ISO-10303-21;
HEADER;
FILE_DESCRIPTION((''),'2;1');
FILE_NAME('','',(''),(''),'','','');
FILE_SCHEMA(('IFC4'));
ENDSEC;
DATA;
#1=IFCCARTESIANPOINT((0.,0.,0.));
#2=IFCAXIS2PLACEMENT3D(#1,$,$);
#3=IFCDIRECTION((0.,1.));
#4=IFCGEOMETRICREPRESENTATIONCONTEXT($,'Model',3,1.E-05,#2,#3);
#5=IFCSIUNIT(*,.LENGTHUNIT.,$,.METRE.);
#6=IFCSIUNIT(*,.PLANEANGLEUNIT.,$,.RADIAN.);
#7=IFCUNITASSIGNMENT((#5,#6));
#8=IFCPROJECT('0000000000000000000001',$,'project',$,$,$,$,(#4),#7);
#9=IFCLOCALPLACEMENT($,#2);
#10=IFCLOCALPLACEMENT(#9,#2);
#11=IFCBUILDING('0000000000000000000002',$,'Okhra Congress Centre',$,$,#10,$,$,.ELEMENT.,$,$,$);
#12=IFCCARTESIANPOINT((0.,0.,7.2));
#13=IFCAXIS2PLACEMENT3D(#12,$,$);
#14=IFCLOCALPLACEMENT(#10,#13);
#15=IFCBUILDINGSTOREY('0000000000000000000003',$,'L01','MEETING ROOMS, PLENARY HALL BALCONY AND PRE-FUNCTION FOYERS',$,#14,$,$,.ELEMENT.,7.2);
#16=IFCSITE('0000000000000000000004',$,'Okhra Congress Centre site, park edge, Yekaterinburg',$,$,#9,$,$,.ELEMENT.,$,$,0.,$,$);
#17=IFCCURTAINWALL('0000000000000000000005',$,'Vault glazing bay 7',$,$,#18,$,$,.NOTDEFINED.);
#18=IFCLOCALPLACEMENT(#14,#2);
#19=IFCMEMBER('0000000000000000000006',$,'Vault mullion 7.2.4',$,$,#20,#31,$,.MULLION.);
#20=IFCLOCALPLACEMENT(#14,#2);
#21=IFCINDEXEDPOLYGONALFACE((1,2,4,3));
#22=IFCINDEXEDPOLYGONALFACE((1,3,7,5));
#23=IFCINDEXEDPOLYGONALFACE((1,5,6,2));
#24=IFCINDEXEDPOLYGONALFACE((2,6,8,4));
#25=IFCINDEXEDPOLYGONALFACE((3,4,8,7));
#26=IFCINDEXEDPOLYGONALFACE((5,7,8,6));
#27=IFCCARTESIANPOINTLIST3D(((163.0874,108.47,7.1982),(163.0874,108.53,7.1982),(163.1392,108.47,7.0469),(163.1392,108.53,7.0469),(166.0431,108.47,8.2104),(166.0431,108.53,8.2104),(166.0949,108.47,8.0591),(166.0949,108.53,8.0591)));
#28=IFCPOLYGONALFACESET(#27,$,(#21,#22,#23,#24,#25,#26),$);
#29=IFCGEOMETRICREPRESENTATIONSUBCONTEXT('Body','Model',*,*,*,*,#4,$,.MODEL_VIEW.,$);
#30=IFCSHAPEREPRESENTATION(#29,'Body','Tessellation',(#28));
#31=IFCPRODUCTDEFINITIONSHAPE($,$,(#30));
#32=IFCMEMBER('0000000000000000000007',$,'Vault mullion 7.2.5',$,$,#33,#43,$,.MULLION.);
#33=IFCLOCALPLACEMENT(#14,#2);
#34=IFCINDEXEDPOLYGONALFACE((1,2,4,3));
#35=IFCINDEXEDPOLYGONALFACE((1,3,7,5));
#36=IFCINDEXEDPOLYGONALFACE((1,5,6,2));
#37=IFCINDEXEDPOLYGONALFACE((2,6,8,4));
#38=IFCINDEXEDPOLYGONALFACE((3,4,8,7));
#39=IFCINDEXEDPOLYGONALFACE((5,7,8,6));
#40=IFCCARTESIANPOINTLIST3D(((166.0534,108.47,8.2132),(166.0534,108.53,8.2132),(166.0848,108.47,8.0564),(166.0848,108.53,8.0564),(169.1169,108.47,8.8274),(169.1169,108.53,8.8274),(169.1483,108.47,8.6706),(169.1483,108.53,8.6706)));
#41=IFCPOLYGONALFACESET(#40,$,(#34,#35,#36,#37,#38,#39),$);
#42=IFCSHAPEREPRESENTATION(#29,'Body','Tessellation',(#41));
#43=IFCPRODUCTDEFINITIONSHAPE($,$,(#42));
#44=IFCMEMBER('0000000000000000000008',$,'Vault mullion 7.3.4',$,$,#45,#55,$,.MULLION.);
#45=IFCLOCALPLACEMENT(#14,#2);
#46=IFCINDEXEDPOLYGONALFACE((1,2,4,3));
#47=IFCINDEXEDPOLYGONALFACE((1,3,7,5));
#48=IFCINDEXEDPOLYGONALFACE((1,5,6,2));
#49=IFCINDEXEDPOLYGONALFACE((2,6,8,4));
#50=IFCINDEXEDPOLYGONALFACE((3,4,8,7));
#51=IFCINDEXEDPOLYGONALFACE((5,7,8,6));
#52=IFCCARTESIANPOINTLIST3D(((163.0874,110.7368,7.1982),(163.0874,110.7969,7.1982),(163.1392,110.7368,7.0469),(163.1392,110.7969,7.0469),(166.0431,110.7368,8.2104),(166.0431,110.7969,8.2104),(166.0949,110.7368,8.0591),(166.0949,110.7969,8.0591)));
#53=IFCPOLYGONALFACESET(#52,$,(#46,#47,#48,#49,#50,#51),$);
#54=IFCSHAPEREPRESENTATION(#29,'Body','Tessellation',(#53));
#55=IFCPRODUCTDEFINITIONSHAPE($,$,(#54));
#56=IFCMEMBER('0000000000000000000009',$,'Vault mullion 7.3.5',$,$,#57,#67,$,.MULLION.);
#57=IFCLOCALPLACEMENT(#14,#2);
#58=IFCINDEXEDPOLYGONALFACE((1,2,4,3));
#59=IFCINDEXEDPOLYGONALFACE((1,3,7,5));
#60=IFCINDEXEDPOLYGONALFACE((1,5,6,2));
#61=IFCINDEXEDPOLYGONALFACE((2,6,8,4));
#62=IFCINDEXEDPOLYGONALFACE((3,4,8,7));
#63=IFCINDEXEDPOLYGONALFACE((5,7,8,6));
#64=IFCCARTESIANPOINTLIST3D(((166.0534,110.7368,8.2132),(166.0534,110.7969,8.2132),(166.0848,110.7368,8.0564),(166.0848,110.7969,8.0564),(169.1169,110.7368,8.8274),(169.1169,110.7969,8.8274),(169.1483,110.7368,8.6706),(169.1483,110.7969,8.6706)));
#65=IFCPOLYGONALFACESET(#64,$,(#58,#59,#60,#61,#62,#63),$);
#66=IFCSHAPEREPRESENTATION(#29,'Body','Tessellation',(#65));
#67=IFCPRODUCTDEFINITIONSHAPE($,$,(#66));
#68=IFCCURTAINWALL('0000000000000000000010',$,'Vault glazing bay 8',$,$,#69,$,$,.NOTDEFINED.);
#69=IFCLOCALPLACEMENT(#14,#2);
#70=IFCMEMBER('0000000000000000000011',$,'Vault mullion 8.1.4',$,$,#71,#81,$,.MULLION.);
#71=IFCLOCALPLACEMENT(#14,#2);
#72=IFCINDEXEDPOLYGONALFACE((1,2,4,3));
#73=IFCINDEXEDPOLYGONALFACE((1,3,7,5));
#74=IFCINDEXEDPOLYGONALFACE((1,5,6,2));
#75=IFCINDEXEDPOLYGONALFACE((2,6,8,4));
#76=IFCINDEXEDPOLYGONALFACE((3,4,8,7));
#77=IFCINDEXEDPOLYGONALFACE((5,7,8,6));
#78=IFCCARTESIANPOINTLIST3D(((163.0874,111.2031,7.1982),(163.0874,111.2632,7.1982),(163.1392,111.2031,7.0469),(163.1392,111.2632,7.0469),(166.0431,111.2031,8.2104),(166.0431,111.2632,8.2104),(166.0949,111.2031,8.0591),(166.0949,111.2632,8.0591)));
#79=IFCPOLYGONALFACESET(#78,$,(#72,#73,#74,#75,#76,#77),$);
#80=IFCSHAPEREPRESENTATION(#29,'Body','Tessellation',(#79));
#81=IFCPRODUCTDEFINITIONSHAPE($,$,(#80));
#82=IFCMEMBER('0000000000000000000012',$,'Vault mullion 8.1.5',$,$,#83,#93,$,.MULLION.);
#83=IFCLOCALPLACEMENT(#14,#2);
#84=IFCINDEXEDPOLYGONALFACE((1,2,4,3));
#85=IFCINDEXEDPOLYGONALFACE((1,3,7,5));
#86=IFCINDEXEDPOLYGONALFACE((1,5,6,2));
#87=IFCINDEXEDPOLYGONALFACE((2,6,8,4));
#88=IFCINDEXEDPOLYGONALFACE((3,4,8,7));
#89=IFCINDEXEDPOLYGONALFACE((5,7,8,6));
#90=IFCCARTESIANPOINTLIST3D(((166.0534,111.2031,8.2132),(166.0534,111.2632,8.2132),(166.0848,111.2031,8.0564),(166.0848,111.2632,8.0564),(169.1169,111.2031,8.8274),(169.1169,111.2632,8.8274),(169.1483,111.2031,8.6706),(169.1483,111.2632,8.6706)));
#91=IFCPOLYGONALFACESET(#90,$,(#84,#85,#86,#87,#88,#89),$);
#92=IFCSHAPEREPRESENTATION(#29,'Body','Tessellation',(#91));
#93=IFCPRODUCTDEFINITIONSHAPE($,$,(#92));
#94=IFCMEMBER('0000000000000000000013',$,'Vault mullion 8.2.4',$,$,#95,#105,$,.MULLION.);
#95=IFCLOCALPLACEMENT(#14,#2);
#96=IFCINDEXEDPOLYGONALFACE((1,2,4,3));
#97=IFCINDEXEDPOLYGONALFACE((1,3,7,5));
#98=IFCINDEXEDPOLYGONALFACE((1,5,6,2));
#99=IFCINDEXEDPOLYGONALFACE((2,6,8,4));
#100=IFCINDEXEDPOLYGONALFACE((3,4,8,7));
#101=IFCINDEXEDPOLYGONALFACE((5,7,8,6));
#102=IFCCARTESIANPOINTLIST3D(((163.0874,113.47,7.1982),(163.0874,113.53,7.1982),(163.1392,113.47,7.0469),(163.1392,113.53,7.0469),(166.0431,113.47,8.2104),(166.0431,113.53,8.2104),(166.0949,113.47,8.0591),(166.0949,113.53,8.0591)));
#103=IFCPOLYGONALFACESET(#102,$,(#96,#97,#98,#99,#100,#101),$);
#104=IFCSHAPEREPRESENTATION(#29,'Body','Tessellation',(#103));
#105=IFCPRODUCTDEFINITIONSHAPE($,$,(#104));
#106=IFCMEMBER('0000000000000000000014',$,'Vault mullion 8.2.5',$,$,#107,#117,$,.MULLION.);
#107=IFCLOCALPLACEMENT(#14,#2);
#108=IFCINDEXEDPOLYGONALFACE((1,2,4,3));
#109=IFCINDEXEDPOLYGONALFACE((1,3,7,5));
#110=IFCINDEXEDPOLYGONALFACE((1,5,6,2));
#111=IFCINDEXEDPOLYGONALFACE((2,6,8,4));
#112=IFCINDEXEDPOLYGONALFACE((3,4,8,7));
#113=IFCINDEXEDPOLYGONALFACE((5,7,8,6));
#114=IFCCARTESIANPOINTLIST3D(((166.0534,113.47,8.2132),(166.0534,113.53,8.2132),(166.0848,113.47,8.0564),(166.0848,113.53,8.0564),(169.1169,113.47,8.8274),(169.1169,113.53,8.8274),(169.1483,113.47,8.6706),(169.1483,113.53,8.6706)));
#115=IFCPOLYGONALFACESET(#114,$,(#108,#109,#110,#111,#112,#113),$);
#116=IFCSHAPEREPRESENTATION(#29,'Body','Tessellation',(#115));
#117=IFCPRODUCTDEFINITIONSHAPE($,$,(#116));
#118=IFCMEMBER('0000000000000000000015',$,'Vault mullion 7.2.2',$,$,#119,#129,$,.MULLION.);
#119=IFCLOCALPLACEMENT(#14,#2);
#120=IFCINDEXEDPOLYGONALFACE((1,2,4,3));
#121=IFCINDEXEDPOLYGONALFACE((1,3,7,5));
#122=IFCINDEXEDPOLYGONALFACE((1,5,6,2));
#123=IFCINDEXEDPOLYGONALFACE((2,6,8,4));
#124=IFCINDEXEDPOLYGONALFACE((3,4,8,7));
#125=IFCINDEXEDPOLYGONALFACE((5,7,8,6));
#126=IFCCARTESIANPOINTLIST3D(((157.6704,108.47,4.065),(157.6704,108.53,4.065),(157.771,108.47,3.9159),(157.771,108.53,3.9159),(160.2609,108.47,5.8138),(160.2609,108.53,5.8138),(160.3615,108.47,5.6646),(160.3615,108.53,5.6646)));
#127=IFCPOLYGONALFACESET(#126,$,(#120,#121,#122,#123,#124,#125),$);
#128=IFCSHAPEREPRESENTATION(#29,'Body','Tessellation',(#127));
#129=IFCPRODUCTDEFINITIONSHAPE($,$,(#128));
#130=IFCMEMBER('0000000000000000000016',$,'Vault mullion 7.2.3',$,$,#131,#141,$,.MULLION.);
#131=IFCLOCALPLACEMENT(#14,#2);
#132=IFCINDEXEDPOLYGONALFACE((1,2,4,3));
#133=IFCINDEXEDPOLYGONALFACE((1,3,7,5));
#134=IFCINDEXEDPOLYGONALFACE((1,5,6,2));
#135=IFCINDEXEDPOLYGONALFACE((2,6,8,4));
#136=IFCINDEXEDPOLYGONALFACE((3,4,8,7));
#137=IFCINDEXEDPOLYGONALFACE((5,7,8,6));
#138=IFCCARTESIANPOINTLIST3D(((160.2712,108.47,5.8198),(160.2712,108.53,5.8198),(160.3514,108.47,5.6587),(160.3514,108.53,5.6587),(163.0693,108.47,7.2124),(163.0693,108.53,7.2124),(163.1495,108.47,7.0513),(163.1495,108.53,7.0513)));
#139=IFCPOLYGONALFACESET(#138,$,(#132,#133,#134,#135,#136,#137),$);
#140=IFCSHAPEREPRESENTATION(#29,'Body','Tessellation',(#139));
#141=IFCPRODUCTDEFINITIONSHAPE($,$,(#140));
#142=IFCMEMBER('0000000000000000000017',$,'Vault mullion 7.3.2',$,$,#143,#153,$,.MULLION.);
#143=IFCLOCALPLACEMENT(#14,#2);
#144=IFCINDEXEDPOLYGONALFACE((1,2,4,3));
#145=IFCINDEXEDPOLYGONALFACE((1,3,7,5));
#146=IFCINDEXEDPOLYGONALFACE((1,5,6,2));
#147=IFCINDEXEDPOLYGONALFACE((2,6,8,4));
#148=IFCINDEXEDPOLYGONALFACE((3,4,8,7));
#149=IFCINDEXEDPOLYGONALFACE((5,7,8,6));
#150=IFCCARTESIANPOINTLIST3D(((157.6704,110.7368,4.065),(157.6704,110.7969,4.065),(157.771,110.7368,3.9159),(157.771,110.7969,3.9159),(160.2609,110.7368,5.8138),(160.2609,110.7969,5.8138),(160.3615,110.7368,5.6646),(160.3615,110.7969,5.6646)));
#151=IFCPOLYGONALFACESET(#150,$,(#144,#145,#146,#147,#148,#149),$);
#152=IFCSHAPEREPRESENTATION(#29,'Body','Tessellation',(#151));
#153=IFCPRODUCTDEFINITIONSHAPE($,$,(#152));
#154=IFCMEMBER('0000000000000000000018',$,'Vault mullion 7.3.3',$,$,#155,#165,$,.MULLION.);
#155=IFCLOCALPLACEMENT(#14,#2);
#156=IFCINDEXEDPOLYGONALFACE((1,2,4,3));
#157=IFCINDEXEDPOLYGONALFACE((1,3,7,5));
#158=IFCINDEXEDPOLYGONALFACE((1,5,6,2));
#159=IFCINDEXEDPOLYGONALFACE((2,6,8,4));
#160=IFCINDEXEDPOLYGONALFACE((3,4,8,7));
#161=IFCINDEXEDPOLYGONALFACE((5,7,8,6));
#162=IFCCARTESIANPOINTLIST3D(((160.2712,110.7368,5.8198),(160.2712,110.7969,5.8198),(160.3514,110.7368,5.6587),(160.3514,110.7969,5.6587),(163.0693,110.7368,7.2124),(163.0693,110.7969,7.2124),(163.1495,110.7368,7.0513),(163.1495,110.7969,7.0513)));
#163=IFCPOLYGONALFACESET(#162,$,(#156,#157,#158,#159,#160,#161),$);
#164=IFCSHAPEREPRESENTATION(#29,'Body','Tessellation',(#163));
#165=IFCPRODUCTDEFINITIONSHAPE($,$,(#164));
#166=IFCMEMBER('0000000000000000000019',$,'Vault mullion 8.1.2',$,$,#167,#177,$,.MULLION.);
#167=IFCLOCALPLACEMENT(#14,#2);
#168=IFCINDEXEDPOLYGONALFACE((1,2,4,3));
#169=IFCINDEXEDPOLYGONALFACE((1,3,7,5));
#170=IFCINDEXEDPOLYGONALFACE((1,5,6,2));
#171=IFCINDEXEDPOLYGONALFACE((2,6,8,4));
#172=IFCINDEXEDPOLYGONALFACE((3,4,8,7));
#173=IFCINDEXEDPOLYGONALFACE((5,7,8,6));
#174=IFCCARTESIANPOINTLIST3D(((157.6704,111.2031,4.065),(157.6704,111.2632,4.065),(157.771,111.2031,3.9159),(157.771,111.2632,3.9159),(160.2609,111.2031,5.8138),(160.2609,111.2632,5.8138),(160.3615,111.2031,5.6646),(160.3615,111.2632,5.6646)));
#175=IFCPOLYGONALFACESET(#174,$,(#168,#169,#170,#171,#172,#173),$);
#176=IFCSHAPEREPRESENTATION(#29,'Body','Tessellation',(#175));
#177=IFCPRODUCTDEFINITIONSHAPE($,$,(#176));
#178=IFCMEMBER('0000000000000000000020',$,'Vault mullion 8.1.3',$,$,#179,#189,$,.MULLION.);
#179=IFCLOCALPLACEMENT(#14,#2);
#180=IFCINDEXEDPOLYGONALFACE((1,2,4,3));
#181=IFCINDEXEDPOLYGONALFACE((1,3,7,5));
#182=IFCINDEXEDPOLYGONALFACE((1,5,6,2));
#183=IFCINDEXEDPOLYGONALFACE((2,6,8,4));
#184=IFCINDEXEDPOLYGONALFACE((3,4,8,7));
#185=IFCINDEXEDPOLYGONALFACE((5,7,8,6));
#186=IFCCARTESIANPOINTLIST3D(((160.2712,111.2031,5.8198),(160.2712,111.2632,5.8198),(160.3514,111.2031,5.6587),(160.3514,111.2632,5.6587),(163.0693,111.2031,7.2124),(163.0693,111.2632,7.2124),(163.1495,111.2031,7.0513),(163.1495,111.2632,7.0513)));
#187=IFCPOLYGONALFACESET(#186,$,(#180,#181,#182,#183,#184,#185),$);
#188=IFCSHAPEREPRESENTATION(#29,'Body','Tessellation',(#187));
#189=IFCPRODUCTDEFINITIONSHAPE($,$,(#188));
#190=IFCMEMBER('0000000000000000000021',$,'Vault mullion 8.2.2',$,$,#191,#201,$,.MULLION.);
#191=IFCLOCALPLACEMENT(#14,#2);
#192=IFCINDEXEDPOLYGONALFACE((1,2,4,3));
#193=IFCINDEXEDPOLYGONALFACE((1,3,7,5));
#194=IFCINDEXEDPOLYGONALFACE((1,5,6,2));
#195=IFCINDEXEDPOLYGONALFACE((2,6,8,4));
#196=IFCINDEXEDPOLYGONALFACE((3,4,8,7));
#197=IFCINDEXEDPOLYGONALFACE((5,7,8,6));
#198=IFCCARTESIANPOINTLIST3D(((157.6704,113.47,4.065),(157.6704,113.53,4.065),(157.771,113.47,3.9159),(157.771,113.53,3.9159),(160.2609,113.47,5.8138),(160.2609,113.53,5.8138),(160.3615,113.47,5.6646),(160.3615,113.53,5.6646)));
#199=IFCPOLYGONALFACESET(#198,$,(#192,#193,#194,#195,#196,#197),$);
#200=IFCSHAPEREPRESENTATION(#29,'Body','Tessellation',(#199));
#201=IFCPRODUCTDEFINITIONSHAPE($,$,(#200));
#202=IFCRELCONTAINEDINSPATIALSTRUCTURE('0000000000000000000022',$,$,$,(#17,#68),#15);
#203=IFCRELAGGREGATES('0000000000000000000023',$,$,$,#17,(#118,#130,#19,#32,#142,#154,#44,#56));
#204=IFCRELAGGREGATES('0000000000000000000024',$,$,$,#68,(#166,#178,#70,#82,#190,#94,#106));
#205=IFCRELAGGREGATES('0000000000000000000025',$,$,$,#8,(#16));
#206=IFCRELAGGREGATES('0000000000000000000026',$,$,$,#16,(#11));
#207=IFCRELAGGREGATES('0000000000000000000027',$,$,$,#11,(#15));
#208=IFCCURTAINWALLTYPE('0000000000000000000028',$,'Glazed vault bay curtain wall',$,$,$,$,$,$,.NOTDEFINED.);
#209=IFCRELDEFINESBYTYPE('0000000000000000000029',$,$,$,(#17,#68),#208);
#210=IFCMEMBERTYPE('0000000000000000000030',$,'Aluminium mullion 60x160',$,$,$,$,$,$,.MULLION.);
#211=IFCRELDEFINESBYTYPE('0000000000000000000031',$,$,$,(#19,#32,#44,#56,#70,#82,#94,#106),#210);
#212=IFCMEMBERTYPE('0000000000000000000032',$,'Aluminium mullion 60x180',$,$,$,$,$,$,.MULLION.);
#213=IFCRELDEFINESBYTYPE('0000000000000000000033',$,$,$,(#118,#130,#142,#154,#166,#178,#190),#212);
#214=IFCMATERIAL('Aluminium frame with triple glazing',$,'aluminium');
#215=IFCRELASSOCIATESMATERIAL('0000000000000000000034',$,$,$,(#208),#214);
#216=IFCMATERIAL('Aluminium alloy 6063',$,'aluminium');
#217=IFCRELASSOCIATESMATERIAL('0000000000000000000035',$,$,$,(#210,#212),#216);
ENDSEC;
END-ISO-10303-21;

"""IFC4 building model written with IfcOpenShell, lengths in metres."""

from ifc_helpers import new_model, si_unit, direction, frame, origin, origin_2d, place, context, subcontext, project, spatial, rectangle, extrude, material, material_profile, profile_set, type_object, element, aggregate, save


model = new_model("IFC4")

# Units and contexts
model_context = context("Model", 3, precision=1e-05, world=origin(), true_north=direction((0.0, 1.0)))
body_context = subcontext(model_context, "Body", "Model", "MODEL_VIEW")
ifc_project = project(units=[si_unit("LENGTHUNIT", "METRE"), si_unit("PLANEANGLEUNIT", "RADIAN")], contexts=[model_context])

# Site, building, storey
site_placement = place(None, origin())
site = spatial("IfcSite", under=ifc_project, at=site_placement, Name="Okhra Congress Centre site, park edge, Yekaterinburg", CompositionType="ELEMENT", RefElevation=0.0)
building_placement = place(site_placement, origin())
building = spatial("IfcBuilding", under=site, at=building_placement, Name="Okhra Congress Centre", CompositionType="ELEMENT")
storey_placement = place(building_placement, frame((0.0, 0.0, 7.2)))
storey = spatial("IfcBuildingStorey", under=building, at=storey_placement, Name="L01", Description="MEETING ROOMS, PLENARY HALL BALCONY AND PRE-FUNCTION FOYERS", CompositionType="ELEMENT", Elevation=7.2)

# Curtain walls, members
ifc_material_1 = material(Name="Aluminium frame with triple glazing", Category="aluminium")
curtain_wall_type = type_object("IfcCurtainWallType", Name="Glazed vault bay curtain wall", PredefinedType="NOTDEFINED", material=ifc_material_1)
curtain_wall_1_placement = place(storey_placement, origin())
curtain_wall_1 = element("IfcCurtainWall", 1, at=curtain_wall_1_placement, inside=storey, type_object=curtain_wall_type, Name="Vault glazing bay 7", PredefinedType="NOTDEFINED")
ifc_material_2 = material(Name="Aluminium alloy 6063", Category="aluminium")
ifc_material_profile_1 = material_profile(ifc_material_2, rectangle(XDim=0.0601, YDim=0.1599, at=origin_2d()), Name="AL 60x160")
ifc_profile_set_1 = profile_set([ifc_material_profile_1], Name="Aluminium alloy 6063")
member_type_1 = type_object("IfcMemberType", Name="Aluminium mullion 60x160", PredefinedType="MULLION", material=ifc_profile_set_1)
member_1_placement = place(storey_placement, frame((163.1133, 108.5, 7.1226), z_axis=(0.946065, 0.0, 0.323977), x_axis=(0.0, 1.0, 0.0)))
member_1 = element("IfcMember", 2, at=member_1_placement, type_object=member_type_1, Name="Vault mullion 7.2.4", PredefinedType="MULLION", context=body_context, shape_type="SweptSolid", body=[
    extrude(rectangle(XDim=0.0601, YDim=0.1599, at=origin_2d()), origin(), (0.0, 0.0, 1.0), 3.1243),
])
member_2_placement = place(storey_placement, frame((166.0691, 108.5, 8.1348), z_axis=(0.980484, 0.0, 0.196597), x_axis=(0.0, 1.0, 0.0)))
member_2 = element("IfcMember", 3, at=member_2_placement, type_object=member_type_1, Name="Vault mullion 7.2.5", PredefinedType="MULLION", context=body_context, shape_type="SweptSolid", body=[
    extrude(rectangle(XDim=0.0601, YDim=0.1599, at=origin_2d()), origin(), (0.0, 0.0, 1.0), 3.1245),
])
member_3_placement = place(storey_placement, frame((163.1133, 110.7668, 7.1226), z_axis=(0.946065, 0.0, 0.323977), x_axis=(0.0, 1.0, 0.0)))
member_3 = element("IfcMember", 4, at=member_3_placement, type_object=member_type_1, Name="Vault mullion 7.3.4", PredefinedType="MULLION", context=body_context, shape_type="SweptSolid", body=[
    extrude(rectangle(XDim=0.0601, YDim=0.1599, at=origin_2d()), origin(), (0.0, 0.0, 1.0), 3.1243),
])
member_4_placement = place(storey_placement, frame((166.0691, 110.7668, 8.1348), z_axis=(0.980484, 0.0, 0.196597), x_axis=(0.0, 1.0, 0.0)))
member_4 = element("IfcMember", 5, at=member_4_placement, type_object=member_type_1, Name="Vault mullion 7.3.5", PredefinedType="MULLION", context=body_context, shape_type="SweptSolid", body=[
    extrude(rectangle(XDim=0.0601, YDim=0.1599, at=origin_2d()), origin(), (0.0, 0.0, 1.0), 3.1245),
])
curtain_wall_2_placement = place(storey_placement, origin())
curtain_wall_2 = element("IfcCurtainWall", 6, at=curtain_wall_2_placement, inside=storey, type_object=curtain_wall_type, Name="Vault glazing bay 8", PredefinedType="NOTDEFINED")
member_5_placement = place(storey_placement, frame((163.1133, 111.2332, 7.1226), z_axis=(0.946065, 0.0, 0.323977), x_axis=(0.0, 1.0, 0.0)))
member_5 = element("IfcMember", 7, at=member_5_placement, type_object=member_type_1, Name="Vault mullion 8.1.4", PredefinedType="MULLION", context=body_context, shape_type="SweptSolid", body=[
    extrude(rectangle(XDim=0.0601, YDim=0.1599, at=origin_2d()), origin(), (0.0, 0.0, 1.0), 3.1243),
])
member_6_placement = place(storey_placement, frame((166.0691, 111.2332, 8.1348), z_axis=(0.980484, 0.0, 0.196597), x_axis=(0.0, 1.0, 0.0)))
member_6 = element("IfcMember", 8, at=member_6_placement, type_object=member_type_1, Name="Vault mullion 8.1.5", PredefinedType="MULLION", context=body_context, shape_type="SweptSolid", body=[
    extrude(rectangle(XDim=0.0601, YDim=0.1599, at=origin_2d()), origin(), (0.0, 0.0, 1.0), 3.1245),
])
member_7_placement = place(storey_placement, frame((163.1133, 113.5, 7.1226), z_axis=(0.946065, 0.0, 0.323977), x_axis=(0.0, 1.0, 0.0)))
member_7 = element("IfcMember", 9, at=member_7_placement, type_object=member_type_1, Name="Vault mullion 8.2.4", PredefinedType="MULLION", context=body_context, shape_type="SweptSolid", body=[
    extrude(rectangle(XDim=0.0601, YDim=0.1599, at=origin_2d()), origin(), (0.0, 0.0, 1.0), 3.1243),
])
member_8_placement = place(storey_placement, frame((166.0691, 113.5, 8.1348), z_axis=(0.980484, 0.0, 0.196597), x_axis=(0.0, 1.0, 0.0)))
member_8 = element("IfcMember", 10, at=member_8_placement, type_object=member_type_1, Name="Vault mullion 8.2.5", PredefinedType="MULLION", context=body_context, shape_type="SweptSolid", body=[
    extrude(rectangle(XDim=0.0601, YDim=0.1599, at=origin_2d()), origin(), (0.0, 0.0, 1.0), 3.1245),
])

# Members
ifc_material_profile_2 = material_profile(ifc_material_2, rectangle(XDim=0.0601, YDim=0.1799, at=origin_2d()), Name="AL 60x180")
ifc_profile_set_2 = profile_set([ifc_material_profile_2], Name="Aluminium alloy 6063")
member_type_2 = type_object("IfcMemberType", Name="Aluminium mullion 60x180", PredefinedType="MULLION", material=ifc_profile_set_2)
member_9_placement = place(storey_placement, frame((157.7207, 108.5, 3.9905), z_axis=(0.828828, 0.0, 0.559504), x_axis=(0.0, 1.0, 0.0)))
member_9 = element("IfcMember", 11, at=member_9_placement, type_object=member_type_2, Name="Vault mullion 7.2.2", PredefinedType="MULLION", context=body_context, shape_type="SweptSolid", body=[
    extrude(rectangle(XDim=0.0601, YDim=0.1799, at=origin_2d()), origin(), (0.0, 0.0, 1.0), 3.1255),
])
member_10_placement = place(storey_placement, frame((160.3113, 108.5, 5.7393), z_axis=(0.895254, 0.0, 0.445557), x_axis=(0.0, 1.0, 0.0)))
member_10 = element("IfcMember", 12, at=member_10_placement, type_object=member_type_2, Name="Vault mullion 7.2.3", PredefinedType="MULLION", context=body_context, shape_type="SweptSolid", body=[
    extrude(rectangle(XDim=0.0601, YDim=0.1799, at=origin_2d()), origin(), (0.0, 0.0, 1.0), 3.1255),
])
member_11_placement = place(storey_placement, frame((157.7207, 110.7668, 3.9905), z_axis=(0.828828, 0.0, 0.559504), x_axis=(0.0, 1.0, 0.0)))
member_11 = element("IfcMember", 13, at=member_11_placement, type_object=member_type_2, Name="Vault mullion 7.3.2", PredefinedType="MULLION", context=body_context, shape_type="SweptSolid", body=[
    extrude(rectangle(XDim=0.0601, YDim=0.1799, at=origin_2d()), origin(), (0.0, 0.0, 1.0), 3.1255),
])
member_12_placement = place(storey_placement, frame((160.3113, 110.7668, 5.7393), z_axis=(0.895254, 0.0, 0.445557), x_axis=(0.0, 1.0, 0.0)))
member_12 = element("IfcMember", 14, at=member_12_placement, type_object=member_type_2, Name="Vault mullion 7.3.3", PredefinedType="MULLION", context=body_context, shape_type="SweptSolid", body=[
    extrude(rectangle(XDim=0.0601, YDim=0.1799, at=origin_2d()), origin(), (0.0, 0.0, 1.0), 3.1255),
])
member_13_placement = place(storey_placement, frame((157.7207, 111.2332, 3.9905), z_axis=(0.828828, 0.0, 0.559504), x_axis=(0.0, 1.0, 0.0)))
member_13 = element("IfcMember", 15, at=member_13_placement, type_object=member_type_2, Name="Vault mullion 8.1.2", PredefinedType="MULLION", context=body_context, shape_type="SweptSolid", body=[
    extrude(rectangle(XDim=0.0601, YDim=0.1799, at=origin_2d()), origin(), (0.0, 0.0, 1.0), 3.1255),
])
member_14_placement = place(storey_placement, frame((160.3113, 111.2332, 5.7393), z_axis=(0.895254, 0.0, 0.445557), x_axis=(0.0, 1.0, 0.0)))
member_14 = element("IfcMember", 16, at=member_14_placement, type_object=member_type_2, Name="Vault mullion 8.1.3", PredefinedType="MULLION", context=body_context, shape_type="SweptSolid", body=[
    extrude(rectangle(XDim=0.0601, YDim=0.1799, at=origin_2d()), origin(), (0.0, 0.0, 1.0), 3.1255),
])
member_15_placement = place(storey_placement, frame((157.7207, 113.5, 3.9905), z_axis=(0.828828, 0.0, 0.559504), x_axis=(0.0, 1.0, 0.0)))
member_15 = element("IfcMember", 17, at=member_15_placement, type_object=member_type_2, Name="Vault mullion 8.2.2", PredefinedType="MULLION", context=body_context, shape_type="SweptSolid", body=[
    extrude(rectangle(XDim=0.0601, YDim=0.1799, at=origin_2d()), origin(), (0.0, 0.0, 1.0), 3.1255),
])

aggregate(curtain_wall_1, [member_9, member_10, member_1, member_2, member_11, member_12, member_3, member_4])
aggregate(curtain_wall_2, [member_13, member_14, member_5, member_6, member_15, member_7, member_8])

save(model, "model.ifc")
